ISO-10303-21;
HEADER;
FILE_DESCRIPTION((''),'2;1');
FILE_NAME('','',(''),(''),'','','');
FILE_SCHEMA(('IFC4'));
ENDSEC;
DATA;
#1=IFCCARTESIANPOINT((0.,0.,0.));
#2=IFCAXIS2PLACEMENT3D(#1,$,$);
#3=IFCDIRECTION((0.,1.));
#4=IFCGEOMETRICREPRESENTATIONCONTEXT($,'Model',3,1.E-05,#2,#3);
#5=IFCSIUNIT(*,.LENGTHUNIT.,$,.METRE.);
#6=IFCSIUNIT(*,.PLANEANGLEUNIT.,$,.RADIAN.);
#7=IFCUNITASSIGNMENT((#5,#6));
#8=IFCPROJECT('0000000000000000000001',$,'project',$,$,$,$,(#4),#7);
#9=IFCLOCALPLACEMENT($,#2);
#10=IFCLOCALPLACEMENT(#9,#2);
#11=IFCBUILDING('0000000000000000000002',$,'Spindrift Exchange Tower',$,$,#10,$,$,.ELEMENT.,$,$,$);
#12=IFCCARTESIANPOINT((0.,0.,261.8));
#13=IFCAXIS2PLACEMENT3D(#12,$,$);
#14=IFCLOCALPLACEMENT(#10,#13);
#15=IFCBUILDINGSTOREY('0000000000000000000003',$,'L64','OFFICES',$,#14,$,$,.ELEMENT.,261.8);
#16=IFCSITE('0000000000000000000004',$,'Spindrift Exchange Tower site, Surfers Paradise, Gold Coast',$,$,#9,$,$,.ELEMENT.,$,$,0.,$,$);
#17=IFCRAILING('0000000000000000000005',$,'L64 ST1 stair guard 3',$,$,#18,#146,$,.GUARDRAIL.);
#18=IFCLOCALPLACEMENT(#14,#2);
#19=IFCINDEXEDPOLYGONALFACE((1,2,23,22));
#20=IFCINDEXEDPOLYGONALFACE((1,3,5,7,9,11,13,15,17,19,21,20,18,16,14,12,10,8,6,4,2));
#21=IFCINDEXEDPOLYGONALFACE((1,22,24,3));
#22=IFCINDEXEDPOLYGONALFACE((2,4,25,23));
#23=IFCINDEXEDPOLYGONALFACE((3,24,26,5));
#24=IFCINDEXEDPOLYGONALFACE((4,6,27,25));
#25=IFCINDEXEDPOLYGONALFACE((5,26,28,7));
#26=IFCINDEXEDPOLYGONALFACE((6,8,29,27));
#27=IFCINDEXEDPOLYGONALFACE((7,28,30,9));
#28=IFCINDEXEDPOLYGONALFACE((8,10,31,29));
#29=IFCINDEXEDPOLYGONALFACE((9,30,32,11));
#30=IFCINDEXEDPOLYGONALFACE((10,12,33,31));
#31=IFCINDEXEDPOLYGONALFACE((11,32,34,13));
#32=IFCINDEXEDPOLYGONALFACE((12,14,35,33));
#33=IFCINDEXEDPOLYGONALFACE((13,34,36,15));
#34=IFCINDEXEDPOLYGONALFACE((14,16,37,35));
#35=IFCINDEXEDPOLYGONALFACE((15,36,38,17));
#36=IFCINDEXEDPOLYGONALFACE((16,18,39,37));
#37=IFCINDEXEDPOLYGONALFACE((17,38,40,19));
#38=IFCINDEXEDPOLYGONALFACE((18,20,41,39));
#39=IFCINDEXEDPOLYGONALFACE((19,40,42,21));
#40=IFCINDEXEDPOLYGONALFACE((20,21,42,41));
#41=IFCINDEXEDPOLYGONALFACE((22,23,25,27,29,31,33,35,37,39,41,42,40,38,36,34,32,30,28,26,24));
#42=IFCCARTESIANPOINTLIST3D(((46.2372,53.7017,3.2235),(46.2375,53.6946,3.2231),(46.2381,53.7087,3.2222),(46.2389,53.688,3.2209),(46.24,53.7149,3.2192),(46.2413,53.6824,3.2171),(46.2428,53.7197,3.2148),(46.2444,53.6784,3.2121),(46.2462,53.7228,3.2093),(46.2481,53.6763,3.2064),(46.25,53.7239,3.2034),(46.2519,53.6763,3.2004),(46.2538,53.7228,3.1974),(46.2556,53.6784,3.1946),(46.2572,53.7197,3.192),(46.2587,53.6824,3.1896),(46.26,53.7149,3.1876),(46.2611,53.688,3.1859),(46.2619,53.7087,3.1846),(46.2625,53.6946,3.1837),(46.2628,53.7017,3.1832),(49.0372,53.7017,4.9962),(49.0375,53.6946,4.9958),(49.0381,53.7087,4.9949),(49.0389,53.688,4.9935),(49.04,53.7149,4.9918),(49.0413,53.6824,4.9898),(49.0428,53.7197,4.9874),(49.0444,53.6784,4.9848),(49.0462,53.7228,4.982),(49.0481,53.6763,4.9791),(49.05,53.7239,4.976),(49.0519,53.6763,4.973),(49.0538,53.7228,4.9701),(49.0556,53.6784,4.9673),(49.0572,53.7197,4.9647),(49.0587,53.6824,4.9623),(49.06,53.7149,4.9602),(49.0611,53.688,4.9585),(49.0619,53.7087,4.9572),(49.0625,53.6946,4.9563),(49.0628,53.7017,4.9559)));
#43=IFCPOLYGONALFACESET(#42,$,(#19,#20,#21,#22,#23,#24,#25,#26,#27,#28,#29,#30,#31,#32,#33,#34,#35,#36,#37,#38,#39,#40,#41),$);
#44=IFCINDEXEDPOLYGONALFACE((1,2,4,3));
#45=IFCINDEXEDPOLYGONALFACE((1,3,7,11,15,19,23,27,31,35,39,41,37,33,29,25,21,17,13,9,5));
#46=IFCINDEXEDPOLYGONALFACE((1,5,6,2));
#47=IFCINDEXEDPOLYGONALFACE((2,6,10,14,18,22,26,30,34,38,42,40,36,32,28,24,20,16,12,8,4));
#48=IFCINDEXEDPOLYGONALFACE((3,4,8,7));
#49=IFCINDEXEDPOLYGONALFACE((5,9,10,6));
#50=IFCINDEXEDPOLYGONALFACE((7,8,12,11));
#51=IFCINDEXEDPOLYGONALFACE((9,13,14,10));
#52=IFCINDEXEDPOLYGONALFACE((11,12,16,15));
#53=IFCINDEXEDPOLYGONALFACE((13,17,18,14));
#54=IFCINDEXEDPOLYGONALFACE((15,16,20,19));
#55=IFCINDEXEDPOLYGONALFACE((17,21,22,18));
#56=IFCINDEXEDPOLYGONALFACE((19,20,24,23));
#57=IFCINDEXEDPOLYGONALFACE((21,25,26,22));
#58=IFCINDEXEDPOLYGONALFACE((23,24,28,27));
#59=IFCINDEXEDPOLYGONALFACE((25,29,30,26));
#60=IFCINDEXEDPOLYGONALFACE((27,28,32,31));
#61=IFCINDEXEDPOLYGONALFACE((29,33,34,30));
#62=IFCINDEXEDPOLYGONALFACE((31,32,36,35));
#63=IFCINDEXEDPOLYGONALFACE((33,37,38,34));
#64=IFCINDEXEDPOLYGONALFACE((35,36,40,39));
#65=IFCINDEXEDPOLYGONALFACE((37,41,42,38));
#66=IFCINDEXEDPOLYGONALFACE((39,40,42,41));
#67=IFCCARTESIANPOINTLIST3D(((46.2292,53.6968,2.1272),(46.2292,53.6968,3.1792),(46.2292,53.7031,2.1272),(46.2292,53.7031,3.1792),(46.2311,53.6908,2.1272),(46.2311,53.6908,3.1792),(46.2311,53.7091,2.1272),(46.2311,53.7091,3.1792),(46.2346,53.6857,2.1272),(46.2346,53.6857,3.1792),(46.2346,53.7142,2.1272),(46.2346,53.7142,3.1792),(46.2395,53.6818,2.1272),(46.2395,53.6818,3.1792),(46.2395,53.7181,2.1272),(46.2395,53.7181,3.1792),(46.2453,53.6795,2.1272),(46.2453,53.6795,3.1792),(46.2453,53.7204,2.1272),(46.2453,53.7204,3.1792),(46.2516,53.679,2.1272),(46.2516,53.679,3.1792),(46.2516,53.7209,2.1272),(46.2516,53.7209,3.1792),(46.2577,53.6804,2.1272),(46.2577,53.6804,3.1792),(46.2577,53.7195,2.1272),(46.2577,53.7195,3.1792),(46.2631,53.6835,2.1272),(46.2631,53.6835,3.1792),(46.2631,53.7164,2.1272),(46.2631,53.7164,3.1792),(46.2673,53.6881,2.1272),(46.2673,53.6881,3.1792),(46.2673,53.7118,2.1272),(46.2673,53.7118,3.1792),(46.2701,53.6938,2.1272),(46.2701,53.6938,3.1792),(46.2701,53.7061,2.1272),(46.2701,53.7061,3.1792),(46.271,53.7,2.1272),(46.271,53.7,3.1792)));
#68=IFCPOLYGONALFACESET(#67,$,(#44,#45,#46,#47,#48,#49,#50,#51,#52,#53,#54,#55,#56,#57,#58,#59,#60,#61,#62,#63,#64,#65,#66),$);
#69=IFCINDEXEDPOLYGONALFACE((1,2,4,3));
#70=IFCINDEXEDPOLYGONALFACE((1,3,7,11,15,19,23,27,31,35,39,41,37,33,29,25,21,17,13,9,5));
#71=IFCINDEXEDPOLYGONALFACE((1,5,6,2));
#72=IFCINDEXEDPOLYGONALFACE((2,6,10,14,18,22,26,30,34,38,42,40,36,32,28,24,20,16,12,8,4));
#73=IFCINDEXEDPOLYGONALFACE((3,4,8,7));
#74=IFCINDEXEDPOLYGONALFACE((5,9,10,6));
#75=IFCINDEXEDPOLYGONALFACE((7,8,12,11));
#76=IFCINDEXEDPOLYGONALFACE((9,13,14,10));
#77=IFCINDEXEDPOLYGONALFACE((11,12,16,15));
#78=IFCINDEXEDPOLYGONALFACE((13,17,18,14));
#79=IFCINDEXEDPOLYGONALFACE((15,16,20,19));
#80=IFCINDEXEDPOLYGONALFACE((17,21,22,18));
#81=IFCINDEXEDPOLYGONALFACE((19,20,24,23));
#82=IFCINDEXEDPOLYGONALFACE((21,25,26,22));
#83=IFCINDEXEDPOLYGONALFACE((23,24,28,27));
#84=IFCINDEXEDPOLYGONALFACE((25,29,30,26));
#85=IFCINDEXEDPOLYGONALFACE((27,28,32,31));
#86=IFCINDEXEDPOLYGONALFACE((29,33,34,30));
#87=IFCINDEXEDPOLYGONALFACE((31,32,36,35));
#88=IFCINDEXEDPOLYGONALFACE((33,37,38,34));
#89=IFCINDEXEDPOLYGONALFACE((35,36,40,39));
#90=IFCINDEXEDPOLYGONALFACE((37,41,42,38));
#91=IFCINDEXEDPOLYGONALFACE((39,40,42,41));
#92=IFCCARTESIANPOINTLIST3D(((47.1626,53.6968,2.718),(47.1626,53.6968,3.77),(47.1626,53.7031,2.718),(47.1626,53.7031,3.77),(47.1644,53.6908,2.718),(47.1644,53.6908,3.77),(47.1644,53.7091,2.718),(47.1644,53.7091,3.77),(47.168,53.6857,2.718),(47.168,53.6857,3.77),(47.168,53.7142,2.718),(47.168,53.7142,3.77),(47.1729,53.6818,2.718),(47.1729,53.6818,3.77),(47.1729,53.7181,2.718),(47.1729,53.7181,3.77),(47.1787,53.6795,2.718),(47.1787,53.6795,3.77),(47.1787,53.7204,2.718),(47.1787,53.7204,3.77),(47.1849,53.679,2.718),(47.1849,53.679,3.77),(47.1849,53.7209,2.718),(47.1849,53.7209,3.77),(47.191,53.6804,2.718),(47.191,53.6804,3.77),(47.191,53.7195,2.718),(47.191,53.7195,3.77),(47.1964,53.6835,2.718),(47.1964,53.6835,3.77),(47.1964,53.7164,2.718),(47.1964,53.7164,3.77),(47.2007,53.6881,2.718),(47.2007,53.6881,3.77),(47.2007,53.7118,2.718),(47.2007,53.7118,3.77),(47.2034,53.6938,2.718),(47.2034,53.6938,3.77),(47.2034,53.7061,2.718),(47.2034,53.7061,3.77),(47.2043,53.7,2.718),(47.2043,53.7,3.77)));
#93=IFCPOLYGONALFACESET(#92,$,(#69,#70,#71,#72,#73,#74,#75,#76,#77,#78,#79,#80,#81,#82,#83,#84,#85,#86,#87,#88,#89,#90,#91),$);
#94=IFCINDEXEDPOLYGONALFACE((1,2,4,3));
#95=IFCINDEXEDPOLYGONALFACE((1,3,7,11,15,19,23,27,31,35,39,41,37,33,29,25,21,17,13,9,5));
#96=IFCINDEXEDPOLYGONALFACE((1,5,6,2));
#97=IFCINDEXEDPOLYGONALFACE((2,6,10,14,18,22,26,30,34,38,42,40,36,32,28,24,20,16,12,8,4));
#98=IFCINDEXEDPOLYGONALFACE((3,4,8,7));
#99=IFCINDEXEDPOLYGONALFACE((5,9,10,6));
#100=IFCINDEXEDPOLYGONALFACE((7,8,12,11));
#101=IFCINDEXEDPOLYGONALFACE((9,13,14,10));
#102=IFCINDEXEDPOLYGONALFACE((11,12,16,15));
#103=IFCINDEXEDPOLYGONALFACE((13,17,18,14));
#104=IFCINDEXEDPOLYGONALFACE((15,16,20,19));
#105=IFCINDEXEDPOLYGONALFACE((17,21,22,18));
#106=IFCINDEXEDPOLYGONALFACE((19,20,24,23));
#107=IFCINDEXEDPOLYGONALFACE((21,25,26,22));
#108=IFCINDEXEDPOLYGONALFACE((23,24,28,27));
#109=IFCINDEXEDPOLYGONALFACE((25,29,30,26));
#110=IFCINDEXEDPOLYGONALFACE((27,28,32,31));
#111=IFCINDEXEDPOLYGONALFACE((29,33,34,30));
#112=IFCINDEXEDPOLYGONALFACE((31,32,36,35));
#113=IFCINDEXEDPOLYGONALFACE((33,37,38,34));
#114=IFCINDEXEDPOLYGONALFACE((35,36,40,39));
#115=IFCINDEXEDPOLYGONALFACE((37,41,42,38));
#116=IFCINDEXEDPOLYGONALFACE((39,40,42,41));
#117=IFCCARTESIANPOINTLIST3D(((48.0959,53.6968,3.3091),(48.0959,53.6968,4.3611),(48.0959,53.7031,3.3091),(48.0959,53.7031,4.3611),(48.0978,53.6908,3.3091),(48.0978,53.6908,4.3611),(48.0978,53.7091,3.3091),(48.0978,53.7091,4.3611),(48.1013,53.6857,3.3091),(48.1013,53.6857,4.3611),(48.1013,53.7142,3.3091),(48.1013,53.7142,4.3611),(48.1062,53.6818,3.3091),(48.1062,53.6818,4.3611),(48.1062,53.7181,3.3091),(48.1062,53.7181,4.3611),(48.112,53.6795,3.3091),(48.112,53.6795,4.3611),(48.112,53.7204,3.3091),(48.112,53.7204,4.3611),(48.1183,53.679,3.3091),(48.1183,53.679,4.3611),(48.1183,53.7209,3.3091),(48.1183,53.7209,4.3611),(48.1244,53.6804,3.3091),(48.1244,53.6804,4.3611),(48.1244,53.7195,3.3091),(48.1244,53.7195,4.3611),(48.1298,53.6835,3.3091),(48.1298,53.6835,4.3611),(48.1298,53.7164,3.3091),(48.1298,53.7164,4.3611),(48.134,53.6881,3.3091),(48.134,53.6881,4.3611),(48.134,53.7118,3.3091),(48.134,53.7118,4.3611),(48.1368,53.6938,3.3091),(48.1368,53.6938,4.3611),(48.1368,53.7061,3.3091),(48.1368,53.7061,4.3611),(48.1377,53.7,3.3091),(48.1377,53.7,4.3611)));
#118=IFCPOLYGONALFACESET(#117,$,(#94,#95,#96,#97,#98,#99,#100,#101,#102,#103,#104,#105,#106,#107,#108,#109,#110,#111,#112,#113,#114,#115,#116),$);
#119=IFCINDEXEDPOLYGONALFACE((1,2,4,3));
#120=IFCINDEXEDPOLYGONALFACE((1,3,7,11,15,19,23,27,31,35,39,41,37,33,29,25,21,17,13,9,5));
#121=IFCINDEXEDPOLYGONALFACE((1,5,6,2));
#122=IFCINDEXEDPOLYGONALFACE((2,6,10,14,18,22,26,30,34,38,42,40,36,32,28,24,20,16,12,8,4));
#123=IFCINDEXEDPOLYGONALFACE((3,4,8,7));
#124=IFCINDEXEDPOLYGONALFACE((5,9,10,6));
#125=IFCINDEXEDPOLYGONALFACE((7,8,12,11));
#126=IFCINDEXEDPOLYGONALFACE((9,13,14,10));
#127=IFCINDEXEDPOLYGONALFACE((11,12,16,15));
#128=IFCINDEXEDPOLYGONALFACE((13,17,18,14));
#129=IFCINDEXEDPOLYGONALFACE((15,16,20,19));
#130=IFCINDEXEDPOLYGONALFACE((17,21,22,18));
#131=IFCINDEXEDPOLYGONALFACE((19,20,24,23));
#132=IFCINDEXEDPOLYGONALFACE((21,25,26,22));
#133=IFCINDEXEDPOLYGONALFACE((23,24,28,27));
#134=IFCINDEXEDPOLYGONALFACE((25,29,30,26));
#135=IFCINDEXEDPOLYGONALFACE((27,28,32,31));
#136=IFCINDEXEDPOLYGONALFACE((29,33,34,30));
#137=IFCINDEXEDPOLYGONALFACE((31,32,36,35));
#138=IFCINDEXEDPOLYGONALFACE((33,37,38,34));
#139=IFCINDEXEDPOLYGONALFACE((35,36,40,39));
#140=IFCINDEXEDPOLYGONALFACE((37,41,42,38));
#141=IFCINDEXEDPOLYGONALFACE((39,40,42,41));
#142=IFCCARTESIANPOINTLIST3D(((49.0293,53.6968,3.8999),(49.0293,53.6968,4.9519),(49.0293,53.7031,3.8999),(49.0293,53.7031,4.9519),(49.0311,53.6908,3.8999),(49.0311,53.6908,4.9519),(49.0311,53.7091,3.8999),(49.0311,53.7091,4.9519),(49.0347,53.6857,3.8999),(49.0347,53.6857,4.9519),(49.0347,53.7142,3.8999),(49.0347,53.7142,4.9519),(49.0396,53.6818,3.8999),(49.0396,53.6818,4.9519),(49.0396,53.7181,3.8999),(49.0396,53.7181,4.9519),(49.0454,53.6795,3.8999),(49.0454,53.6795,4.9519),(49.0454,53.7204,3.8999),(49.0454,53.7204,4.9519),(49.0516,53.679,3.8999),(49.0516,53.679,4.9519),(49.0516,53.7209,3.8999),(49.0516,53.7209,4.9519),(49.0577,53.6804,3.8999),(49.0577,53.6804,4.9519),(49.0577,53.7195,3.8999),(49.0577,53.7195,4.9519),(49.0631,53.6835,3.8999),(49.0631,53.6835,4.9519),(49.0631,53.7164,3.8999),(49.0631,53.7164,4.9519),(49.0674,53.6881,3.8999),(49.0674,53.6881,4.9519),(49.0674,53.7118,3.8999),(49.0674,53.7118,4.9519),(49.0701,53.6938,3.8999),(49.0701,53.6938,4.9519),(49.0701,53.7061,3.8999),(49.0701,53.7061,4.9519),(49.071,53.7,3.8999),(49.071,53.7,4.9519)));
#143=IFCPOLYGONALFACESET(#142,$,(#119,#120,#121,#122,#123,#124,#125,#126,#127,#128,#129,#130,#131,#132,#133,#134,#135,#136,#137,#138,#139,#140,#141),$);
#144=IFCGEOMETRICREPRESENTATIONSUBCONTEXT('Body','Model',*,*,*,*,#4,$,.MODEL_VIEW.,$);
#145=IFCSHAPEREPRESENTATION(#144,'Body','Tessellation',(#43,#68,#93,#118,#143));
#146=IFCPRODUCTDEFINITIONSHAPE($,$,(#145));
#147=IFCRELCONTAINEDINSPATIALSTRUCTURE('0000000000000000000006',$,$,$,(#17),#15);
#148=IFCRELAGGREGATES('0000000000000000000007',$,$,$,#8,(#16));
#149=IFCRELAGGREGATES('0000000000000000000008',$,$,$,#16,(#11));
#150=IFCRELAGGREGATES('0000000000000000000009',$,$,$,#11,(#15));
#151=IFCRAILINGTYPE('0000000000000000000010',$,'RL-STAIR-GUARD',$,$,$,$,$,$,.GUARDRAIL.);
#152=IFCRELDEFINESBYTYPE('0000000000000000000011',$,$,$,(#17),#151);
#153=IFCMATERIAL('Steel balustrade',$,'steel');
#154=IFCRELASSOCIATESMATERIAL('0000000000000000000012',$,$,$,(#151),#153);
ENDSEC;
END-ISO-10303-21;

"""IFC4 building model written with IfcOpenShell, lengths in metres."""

from ifc_helpers import new_model, si_unit, direction, frame, origin, origin_2d, place, context, subcontext, project, spatial, circle, extrude, material, type_object, element, save


model = new_model("IFC4")

# Units and contexts
model_context = context("Model", 3, precision=1e-05, world=origin(), true_north=direction((0.0, 1.0)))
body_context = subcontext(model_context, "Body", "Model", "MODEL_VIEW")
ifc_project = project(units=[si_unit("LENGTHUNIT", "METRE"), si_unit("PLANEANGLEUNIT", "RADIAN")], contexts=[model_context])

# Site, building, storey
site_placement = place(None, origin())
site = spatial("IfcSite", under=ifc_project, at=site_placement, Name="Spindrift Exchange Tower site, Surfers Paradise, Gold Coast", CompositionType="ELEMENT", RefElevation=0.0)
building_placement = place(site_placement, origin())
building = spatial("IfcBuilding", under=site, at=building_placement, Name="Spindrift Exchange Tower", CompositionType="ELEMENT")
storey_placement = place(building_placement, frame((0.0, 0.0, 261.8)))
storey = spatial("IfcBuildingStorey", under=building, at=storey_placement, Name="L64", Description="OFFICES", CompositionType="ELEMENT", Elevation=261.8)

# Railing
ifc_material_1 = material(Name="Steel balustrade", Category="steel")
railing_type_1 = type_object("IfcRailingType", Name="RL-STAIR-GUARD", PredefinedType="GUARDRAIL", material=ifc_material_1)
railing_1_placement = place(storey_placement, frame((46.25, 53.7, 2.1272)))
element("IfcRailing", 1, at=railing_1_placement, inside=storey, type_object=railing_type_1, Name="L64 ST1 stair guard 3", PredefinedType="GUARDRAIL", context=body_context, shape_type="SweptSolid", body=[
    extrude(circle(Radius=0.0239, at=origin_2d()), frame((0.0, 0.0, 1.0762), z_axis=(0.844909, 0.0, 0.53491), x_axis=(0.0, 1.0, 0.0)), (0.0, 0.0, 1.0), 3.314),
    extrude(circle(Radius=0.021, at=origin_2d()), origin(), (0.0, 0.0, 1.0), 1.052),
    extrude(circle(Radius=0.021, at=origin_2d()), frame((0.9333, 0.0, 0.5908)), (0.0, 0.0, 1.0), 1.052),
    extrude(circle(Radius=0.021, at=origin_2d()), frame((1.8667, 0.0, 1.1819)), (0.0, 0.0, 1.0), 1.052),
    extrude(circle(Radius=0.021, at=origin_2d()), frame((2.8, 0.0, 1.7727)), (0.0, 0.0, 1.0), 1.052),
])

save(model, "model.ifc")
